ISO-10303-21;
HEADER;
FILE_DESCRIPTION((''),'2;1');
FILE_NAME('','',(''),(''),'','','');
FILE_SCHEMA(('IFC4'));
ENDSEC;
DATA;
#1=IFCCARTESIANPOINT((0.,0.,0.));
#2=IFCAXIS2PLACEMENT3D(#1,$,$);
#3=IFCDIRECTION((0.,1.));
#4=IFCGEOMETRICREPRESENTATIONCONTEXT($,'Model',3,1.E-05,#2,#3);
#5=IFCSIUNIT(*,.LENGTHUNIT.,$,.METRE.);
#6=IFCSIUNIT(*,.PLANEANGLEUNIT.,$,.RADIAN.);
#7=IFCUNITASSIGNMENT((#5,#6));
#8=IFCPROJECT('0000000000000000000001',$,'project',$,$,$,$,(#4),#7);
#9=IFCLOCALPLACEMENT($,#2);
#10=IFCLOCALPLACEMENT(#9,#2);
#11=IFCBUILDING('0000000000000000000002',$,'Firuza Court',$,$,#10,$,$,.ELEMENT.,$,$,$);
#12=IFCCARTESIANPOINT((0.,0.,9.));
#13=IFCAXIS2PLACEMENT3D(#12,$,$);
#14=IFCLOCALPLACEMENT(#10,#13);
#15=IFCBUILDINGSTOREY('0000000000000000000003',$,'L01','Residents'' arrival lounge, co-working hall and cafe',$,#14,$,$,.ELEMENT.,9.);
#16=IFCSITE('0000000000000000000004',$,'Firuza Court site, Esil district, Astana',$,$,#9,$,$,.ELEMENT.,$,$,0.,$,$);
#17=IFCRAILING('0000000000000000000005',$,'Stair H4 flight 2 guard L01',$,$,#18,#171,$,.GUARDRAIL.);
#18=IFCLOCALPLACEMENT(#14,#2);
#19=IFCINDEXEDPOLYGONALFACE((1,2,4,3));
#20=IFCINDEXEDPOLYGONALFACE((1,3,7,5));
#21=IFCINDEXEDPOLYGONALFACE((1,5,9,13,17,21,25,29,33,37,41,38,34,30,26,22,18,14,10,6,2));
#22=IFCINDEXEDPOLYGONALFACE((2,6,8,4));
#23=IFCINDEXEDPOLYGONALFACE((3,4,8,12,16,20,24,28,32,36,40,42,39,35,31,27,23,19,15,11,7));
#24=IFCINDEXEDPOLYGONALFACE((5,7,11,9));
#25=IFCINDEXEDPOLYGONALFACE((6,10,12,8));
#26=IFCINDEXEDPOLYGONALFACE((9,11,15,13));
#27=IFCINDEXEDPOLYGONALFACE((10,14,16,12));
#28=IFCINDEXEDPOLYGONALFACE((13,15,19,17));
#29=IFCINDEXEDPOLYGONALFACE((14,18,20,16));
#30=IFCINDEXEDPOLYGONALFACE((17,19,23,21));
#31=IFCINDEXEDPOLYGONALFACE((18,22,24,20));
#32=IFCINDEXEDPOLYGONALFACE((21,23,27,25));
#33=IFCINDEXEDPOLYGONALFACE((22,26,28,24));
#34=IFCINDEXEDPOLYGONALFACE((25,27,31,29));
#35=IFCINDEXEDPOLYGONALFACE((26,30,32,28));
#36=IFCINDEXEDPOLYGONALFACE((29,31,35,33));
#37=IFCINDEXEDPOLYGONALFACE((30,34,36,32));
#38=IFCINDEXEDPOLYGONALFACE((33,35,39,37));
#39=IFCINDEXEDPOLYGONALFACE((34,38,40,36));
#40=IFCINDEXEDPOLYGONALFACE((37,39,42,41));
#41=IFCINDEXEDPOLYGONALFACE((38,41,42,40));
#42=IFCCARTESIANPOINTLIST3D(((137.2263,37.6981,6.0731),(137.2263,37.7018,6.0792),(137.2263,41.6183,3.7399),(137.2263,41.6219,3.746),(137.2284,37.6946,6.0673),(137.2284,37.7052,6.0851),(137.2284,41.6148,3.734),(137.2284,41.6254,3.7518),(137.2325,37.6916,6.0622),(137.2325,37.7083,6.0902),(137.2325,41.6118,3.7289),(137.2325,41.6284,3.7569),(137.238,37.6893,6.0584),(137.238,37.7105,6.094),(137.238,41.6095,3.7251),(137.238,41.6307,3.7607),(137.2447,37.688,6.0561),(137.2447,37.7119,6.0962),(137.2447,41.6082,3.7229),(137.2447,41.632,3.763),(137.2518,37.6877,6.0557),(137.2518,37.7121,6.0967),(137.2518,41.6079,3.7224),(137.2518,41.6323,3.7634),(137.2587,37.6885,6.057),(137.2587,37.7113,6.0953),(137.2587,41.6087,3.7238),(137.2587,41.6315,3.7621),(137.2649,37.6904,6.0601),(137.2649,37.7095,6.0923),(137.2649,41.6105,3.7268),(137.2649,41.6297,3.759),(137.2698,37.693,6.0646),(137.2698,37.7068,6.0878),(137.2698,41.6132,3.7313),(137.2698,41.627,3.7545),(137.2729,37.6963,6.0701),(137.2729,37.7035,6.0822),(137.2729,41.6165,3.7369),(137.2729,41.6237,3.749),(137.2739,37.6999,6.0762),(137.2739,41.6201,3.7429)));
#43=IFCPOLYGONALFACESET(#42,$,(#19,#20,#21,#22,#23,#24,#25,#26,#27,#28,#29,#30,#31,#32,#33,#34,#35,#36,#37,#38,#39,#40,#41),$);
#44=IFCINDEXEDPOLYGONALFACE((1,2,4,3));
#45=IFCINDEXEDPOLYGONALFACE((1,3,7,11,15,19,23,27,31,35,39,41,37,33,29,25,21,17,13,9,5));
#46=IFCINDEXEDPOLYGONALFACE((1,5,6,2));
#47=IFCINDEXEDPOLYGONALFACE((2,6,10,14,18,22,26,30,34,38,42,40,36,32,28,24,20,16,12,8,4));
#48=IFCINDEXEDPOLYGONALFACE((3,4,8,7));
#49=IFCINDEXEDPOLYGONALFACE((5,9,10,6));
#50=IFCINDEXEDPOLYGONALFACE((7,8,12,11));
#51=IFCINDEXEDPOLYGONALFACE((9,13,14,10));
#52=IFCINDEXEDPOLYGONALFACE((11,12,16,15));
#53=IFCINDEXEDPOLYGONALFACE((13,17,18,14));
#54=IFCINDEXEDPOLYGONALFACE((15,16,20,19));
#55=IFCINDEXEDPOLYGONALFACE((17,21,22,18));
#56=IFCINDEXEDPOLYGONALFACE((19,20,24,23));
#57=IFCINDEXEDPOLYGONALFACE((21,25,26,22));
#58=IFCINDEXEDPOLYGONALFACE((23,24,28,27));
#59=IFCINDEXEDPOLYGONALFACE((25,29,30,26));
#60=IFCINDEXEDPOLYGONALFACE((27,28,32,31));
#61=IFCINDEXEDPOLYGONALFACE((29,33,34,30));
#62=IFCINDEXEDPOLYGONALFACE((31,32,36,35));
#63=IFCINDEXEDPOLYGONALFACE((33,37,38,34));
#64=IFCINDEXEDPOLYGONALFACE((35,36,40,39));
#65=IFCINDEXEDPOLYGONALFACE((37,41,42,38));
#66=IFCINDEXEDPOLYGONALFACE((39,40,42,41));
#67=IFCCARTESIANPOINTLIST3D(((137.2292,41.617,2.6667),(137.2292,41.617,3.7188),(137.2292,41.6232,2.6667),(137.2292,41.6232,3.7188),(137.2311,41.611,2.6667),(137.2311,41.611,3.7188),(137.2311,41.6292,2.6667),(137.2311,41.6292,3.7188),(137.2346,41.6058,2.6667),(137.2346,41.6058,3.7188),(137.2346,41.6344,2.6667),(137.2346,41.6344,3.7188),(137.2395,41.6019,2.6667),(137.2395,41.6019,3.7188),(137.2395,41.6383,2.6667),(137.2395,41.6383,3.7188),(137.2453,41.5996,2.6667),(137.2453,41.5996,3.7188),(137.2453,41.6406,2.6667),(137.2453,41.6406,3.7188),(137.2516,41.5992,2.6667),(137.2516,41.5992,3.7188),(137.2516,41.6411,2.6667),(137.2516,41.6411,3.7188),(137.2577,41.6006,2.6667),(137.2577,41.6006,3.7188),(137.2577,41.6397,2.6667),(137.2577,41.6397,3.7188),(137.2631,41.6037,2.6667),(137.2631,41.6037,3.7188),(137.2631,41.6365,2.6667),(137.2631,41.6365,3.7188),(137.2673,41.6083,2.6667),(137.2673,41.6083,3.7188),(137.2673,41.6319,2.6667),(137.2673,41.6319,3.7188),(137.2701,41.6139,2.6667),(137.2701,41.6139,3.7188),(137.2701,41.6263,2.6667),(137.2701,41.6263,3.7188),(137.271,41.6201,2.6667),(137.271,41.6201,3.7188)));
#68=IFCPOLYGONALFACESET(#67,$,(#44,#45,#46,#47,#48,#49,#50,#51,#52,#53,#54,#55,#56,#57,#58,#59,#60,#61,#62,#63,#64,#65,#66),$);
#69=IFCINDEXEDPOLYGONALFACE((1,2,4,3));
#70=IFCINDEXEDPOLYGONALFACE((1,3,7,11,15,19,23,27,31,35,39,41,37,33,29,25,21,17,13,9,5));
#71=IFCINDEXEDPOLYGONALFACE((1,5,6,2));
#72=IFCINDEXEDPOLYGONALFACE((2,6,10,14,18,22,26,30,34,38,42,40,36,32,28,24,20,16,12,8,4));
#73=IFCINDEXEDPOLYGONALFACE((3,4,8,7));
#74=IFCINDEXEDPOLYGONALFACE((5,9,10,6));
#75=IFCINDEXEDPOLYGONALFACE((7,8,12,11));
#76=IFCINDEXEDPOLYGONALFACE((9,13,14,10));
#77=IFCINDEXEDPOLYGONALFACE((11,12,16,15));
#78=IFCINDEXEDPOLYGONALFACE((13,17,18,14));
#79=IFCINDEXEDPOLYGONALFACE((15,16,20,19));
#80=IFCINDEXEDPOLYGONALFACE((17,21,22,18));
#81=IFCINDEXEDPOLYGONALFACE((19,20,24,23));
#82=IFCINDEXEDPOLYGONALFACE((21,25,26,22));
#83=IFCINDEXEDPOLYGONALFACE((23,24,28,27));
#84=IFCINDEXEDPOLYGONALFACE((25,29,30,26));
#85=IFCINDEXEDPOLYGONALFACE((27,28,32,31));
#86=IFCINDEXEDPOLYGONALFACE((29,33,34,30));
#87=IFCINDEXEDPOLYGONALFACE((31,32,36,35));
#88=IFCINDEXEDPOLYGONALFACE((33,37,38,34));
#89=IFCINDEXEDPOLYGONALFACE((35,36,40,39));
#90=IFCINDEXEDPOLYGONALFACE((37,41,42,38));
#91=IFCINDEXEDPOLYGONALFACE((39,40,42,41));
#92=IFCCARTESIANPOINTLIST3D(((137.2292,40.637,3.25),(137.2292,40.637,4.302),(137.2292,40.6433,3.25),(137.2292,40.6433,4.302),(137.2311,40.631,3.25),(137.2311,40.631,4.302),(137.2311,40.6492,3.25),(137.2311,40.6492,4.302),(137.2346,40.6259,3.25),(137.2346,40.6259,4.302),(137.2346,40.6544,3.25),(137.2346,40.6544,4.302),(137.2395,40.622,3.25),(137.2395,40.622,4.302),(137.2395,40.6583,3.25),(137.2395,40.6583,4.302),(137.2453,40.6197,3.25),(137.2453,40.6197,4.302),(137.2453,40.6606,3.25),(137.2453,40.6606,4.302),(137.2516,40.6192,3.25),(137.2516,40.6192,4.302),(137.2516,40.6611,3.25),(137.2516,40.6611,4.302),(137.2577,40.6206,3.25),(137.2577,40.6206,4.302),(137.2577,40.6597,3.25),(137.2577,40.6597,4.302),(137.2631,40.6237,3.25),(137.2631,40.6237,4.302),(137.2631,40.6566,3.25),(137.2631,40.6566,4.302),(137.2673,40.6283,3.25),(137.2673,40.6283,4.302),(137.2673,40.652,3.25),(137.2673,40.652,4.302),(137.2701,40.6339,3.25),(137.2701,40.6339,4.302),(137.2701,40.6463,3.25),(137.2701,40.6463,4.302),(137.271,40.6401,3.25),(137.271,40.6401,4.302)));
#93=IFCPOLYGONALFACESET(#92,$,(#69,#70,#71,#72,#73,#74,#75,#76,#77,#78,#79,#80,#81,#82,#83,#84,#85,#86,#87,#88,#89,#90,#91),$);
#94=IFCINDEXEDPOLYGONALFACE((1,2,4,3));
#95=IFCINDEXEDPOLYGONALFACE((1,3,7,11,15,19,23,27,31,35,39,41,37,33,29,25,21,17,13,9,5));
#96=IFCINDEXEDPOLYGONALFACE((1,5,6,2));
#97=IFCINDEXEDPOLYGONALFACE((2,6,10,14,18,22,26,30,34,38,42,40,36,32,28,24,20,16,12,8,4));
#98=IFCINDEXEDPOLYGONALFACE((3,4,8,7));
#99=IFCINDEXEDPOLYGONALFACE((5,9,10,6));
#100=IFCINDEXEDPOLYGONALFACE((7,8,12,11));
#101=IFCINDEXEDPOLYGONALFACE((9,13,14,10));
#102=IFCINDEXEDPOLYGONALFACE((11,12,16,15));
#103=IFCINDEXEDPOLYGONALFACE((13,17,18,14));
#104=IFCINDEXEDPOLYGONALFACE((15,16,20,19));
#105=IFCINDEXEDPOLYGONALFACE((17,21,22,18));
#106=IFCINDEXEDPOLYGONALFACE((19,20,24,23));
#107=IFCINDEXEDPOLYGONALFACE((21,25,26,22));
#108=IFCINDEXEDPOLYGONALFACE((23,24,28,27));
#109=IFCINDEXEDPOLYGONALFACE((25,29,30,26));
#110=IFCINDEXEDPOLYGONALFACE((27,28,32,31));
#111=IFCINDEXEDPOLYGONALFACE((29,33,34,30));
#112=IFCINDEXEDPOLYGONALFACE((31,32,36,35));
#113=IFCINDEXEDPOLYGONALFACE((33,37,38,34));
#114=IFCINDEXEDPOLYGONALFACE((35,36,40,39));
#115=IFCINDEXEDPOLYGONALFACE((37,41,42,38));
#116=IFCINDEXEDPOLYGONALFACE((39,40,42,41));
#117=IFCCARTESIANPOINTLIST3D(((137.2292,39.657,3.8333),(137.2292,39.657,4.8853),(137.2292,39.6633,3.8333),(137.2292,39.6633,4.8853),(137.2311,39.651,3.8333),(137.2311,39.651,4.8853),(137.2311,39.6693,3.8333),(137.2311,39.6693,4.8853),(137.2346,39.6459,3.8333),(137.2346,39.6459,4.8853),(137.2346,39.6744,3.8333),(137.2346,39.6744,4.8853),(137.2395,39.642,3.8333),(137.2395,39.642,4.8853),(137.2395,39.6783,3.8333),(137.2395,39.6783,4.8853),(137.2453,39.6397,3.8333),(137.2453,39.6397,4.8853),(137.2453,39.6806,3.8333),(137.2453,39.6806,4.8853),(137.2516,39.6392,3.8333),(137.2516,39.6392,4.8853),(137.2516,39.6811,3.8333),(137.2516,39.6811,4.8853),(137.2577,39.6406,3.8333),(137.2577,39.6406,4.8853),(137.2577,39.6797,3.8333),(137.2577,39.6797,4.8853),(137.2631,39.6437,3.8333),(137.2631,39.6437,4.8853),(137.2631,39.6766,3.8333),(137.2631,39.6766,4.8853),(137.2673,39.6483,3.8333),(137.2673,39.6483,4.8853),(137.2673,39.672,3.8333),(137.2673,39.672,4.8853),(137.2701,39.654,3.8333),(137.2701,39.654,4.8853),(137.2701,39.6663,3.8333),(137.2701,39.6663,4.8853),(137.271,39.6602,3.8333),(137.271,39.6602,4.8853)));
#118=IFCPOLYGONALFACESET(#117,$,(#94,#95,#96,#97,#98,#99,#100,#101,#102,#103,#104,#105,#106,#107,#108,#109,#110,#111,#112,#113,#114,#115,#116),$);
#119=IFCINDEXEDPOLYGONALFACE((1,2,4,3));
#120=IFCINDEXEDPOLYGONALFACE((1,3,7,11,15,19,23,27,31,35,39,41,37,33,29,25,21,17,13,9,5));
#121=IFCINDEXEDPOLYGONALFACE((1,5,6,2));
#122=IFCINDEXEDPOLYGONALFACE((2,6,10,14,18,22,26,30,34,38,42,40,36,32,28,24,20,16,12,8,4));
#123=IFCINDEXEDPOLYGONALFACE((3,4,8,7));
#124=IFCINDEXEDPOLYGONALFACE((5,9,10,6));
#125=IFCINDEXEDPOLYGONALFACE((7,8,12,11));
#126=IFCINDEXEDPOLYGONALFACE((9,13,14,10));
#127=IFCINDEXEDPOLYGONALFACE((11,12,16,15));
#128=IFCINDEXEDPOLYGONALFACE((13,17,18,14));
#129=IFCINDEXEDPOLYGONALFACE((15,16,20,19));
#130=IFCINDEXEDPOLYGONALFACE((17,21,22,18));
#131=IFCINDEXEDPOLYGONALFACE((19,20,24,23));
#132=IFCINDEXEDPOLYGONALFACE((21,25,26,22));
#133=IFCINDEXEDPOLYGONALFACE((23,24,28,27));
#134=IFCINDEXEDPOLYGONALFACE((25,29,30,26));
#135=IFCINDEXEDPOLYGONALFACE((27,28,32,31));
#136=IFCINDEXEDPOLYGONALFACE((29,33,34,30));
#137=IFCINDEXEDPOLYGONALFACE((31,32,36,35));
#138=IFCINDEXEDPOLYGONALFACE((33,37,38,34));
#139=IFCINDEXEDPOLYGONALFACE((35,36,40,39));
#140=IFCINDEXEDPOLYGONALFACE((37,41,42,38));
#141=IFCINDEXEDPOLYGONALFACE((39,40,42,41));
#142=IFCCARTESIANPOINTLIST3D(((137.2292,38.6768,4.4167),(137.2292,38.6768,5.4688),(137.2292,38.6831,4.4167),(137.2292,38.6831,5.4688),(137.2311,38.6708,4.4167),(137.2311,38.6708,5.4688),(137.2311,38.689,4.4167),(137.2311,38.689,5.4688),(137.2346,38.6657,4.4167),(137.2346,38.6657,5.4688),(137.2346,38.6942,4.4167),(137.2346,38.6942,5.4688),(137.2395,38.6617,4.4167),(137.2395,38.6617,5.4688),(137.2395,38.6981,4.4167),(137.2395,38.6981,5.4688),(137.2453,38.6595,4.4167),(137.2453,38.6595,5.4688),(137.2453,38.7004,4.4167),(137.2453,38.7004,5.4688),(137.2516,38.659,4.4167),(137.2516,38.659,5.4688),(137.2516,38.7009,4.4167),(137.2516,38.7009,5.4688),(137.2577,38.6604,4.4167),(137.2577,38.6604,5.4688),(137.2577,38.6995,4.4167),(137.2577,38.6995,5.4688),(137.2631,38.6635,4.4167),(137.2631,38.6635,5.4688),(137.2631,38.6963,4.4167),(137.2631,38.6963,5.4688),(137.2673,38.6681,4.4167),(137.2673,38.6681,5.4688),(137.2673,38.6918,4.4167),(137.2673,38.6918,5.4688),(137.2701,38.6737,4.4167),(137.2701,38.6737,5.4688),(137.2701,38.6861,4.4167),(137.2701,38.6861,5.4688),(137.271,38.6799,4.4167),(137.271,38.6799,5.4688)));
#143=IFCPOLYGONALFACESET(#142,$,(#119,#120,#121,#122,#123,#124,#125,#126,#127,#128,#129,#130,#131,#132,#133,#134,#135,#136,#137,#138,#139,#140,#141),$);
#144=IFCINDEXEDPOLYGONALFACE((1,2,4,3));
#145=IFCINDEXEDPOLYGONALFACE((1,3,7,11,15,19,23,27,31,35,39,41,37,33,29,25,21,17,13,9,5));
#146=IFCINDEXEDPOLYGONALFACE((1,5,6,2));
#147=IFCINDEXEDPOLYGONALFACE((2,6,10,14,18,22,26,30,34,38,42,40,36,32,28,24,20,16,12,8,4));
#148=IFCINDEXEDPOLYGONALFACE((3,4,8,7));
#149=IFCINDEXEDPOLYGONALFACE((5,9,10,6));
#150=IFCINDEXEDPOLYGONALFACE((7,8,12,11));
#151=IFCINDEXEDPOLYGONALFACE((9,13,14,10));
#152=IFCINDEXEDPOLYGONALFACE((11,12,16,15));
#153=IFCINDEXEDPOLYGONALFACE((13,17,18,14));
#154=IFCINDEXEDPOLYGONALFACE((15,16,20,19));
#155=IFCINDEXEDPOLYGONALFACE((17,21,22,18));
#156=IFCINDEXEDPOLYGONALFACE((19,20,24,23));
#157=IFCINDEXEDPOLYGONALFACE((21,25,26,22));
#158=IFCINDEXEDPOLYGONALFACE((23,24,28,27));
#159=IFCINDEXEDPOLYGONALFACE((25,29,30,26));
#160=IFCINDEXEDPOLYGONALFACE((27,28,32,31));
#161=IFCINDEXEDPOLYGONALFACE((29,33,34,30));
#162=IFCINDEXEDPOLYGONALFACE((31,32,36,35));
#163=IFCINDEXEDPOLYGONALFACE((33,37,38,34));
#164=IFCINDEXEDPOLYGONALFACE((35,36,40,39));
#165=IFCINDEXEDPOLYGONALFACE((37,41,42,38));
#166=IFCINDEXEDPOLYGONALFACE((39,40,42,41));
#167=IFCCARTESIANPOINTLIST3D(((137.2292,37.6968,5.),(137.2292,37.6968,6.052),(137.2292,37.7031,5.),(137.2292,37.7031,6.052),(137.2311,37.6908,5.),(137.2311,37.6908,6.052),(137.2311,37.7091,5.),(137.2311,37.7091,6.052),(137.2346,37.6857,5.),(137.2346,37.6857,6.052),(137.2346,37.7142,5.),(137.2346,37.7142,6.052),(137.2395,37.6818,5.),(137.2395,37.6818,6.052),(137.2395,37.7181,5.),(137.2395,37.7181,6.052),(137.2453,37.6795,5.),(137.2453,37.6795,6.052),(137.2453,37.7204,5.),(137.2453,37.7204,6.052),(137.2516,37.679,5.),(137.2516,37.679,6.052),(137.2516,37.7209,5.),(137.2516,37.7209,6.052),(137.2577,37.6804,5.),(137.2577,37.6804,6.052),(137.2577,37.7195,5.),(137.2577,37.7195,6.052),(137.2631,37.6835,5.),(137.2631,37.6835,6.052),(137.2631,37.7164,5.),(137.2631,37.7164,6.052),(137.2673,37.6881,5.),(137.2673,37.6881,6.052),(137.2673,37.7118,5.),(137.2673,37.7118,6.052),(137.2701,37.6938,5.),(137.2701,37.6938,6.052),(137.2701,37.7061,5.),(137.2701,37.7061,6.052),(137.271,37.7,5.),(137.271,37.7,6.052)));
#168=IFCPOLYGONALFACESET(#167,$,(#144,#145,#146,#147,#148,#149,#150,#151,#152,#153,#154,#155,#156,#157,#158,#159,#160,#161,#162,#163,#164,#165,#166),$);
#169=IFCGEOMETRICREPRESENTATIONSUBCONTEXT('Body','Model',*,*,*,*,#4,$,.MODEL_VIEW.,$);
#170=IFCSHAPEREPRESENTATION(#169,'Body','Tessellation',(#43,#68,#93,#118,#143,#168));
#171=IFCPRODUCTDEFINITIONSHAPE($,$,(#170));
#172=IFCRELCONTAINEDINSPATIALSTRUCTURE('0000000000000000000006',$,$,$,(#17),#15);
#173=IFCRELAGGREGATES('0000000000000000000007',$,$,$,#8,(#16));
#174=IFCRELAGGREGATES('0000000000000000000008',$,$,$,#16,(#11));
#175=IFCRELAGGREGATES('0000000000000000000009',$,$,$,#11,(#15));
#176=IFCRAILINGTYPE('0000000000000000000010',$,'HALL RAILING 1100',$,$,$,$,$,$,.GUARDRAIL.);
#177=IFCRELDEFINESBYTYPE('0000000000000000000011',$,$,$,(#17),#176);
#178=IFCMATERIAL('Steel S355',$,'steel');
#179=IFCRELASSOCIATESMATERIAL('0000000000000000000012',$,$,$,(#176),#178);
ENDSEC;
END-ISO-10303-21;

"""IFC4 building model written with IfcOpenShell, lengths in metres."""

from ifc_helpers import new_model, si_unit, direction, frame, origin, origin_2d, place, context, subcontext, project, spatial, circle, extrude, material, type_object, element, save


model = new_model("IFC4")

# Units and contexts
model_context = context("Model", 3, precision=1e-05, world=origin(), true_north=direction((0.0, 1.0)))
body_context = subcontext(model_context, "Body", "Model", "MODEL_VIEW")
ifc_project = project(units=[si_unit("LENGTHUNIT", "METRE"), si_unit("PLANEANGLEUNIT", "RADIAN")], contexts=[model_context])

# Site, building, storey
site_placement = place(None, origin())
site = spatial("IfcSite", under=ifc_project, at=site_placement, Name="Firuza Court site, Esil district, Astana", CompositionType="ELEMENT", RefElevation=0.0)
building_placement = place(site_placement, origin())
building = spatial("IfcBuilding", under=site, at=building_placement, Name="Firuza Court", CompositionType="ELEMENT")
storey_placement = place(building_placement, frame((0.0, 0.0, 9.0)))
storey = spatial("IfcBuildingStorey", under=building, at=storey_placement, Name="L01", Description="Residents' arrival lounge, co-working hall and cafe", CompositionType="ELEMENT", Elevation=9.0)

# Railing
ifc_material_1 = material(Name="Steel S355", Category="steel")
railing_type_1 = type_object("IfcRailingType", Name="HALL RAILING 1100", PredefinedType="GUARDRAIL", material=ifc_material_1)
railing_1_placement = place(storey_placement, frame((137.25, 41.6201, 2.6667)))
element("IfcRailing", 1, at=railing_1_placement, inside=storey, type_object=railing_type_1, Name="Stair H4 flight 2 guard L01", PredefinedType="GUARDRAIL", context=body_context, shape_type="SweptSolid", body=[
    extrude(circle(Radius=0.0239, at=origin_2d()), frame((0.0, 0.0, 1.0762), z_axis=(0.0, -0.85931, 0.511455), x_axis=(1.0, 0.0, 0.0)), (0.0, 0.0, 1.0), 4.562),
    extrude(circle(Radius=0.021, at=origin_2d()), origin(), (0.0, 0.0, 1.0), 1.052),
    extrude(circle(Radius=0.021, at=origin_2d()), frame((0.0, -0.98, 0.5833)), (0.0, 0.0, 1.0), 1.052),
    extrude(circle(Radius=0.021, at=origin_2d()), frame((0.0, -1.96, 1.1665)), (0.0, 0.0, 1.0), 1.052),
    extrude(circle(Radius=0.021, at=origin_2d()), frame((0.0, -2.9402, 1.75)), (0.0, 0.0, 1.0), 1.052),
    extrude(circle(Radius=0.021, at=origin_2d()), frame((0.0, -3.9202, 2.3333)), (0.0, 0.0, 1.0), 1.052),
])

save(model, "model.ifc")
